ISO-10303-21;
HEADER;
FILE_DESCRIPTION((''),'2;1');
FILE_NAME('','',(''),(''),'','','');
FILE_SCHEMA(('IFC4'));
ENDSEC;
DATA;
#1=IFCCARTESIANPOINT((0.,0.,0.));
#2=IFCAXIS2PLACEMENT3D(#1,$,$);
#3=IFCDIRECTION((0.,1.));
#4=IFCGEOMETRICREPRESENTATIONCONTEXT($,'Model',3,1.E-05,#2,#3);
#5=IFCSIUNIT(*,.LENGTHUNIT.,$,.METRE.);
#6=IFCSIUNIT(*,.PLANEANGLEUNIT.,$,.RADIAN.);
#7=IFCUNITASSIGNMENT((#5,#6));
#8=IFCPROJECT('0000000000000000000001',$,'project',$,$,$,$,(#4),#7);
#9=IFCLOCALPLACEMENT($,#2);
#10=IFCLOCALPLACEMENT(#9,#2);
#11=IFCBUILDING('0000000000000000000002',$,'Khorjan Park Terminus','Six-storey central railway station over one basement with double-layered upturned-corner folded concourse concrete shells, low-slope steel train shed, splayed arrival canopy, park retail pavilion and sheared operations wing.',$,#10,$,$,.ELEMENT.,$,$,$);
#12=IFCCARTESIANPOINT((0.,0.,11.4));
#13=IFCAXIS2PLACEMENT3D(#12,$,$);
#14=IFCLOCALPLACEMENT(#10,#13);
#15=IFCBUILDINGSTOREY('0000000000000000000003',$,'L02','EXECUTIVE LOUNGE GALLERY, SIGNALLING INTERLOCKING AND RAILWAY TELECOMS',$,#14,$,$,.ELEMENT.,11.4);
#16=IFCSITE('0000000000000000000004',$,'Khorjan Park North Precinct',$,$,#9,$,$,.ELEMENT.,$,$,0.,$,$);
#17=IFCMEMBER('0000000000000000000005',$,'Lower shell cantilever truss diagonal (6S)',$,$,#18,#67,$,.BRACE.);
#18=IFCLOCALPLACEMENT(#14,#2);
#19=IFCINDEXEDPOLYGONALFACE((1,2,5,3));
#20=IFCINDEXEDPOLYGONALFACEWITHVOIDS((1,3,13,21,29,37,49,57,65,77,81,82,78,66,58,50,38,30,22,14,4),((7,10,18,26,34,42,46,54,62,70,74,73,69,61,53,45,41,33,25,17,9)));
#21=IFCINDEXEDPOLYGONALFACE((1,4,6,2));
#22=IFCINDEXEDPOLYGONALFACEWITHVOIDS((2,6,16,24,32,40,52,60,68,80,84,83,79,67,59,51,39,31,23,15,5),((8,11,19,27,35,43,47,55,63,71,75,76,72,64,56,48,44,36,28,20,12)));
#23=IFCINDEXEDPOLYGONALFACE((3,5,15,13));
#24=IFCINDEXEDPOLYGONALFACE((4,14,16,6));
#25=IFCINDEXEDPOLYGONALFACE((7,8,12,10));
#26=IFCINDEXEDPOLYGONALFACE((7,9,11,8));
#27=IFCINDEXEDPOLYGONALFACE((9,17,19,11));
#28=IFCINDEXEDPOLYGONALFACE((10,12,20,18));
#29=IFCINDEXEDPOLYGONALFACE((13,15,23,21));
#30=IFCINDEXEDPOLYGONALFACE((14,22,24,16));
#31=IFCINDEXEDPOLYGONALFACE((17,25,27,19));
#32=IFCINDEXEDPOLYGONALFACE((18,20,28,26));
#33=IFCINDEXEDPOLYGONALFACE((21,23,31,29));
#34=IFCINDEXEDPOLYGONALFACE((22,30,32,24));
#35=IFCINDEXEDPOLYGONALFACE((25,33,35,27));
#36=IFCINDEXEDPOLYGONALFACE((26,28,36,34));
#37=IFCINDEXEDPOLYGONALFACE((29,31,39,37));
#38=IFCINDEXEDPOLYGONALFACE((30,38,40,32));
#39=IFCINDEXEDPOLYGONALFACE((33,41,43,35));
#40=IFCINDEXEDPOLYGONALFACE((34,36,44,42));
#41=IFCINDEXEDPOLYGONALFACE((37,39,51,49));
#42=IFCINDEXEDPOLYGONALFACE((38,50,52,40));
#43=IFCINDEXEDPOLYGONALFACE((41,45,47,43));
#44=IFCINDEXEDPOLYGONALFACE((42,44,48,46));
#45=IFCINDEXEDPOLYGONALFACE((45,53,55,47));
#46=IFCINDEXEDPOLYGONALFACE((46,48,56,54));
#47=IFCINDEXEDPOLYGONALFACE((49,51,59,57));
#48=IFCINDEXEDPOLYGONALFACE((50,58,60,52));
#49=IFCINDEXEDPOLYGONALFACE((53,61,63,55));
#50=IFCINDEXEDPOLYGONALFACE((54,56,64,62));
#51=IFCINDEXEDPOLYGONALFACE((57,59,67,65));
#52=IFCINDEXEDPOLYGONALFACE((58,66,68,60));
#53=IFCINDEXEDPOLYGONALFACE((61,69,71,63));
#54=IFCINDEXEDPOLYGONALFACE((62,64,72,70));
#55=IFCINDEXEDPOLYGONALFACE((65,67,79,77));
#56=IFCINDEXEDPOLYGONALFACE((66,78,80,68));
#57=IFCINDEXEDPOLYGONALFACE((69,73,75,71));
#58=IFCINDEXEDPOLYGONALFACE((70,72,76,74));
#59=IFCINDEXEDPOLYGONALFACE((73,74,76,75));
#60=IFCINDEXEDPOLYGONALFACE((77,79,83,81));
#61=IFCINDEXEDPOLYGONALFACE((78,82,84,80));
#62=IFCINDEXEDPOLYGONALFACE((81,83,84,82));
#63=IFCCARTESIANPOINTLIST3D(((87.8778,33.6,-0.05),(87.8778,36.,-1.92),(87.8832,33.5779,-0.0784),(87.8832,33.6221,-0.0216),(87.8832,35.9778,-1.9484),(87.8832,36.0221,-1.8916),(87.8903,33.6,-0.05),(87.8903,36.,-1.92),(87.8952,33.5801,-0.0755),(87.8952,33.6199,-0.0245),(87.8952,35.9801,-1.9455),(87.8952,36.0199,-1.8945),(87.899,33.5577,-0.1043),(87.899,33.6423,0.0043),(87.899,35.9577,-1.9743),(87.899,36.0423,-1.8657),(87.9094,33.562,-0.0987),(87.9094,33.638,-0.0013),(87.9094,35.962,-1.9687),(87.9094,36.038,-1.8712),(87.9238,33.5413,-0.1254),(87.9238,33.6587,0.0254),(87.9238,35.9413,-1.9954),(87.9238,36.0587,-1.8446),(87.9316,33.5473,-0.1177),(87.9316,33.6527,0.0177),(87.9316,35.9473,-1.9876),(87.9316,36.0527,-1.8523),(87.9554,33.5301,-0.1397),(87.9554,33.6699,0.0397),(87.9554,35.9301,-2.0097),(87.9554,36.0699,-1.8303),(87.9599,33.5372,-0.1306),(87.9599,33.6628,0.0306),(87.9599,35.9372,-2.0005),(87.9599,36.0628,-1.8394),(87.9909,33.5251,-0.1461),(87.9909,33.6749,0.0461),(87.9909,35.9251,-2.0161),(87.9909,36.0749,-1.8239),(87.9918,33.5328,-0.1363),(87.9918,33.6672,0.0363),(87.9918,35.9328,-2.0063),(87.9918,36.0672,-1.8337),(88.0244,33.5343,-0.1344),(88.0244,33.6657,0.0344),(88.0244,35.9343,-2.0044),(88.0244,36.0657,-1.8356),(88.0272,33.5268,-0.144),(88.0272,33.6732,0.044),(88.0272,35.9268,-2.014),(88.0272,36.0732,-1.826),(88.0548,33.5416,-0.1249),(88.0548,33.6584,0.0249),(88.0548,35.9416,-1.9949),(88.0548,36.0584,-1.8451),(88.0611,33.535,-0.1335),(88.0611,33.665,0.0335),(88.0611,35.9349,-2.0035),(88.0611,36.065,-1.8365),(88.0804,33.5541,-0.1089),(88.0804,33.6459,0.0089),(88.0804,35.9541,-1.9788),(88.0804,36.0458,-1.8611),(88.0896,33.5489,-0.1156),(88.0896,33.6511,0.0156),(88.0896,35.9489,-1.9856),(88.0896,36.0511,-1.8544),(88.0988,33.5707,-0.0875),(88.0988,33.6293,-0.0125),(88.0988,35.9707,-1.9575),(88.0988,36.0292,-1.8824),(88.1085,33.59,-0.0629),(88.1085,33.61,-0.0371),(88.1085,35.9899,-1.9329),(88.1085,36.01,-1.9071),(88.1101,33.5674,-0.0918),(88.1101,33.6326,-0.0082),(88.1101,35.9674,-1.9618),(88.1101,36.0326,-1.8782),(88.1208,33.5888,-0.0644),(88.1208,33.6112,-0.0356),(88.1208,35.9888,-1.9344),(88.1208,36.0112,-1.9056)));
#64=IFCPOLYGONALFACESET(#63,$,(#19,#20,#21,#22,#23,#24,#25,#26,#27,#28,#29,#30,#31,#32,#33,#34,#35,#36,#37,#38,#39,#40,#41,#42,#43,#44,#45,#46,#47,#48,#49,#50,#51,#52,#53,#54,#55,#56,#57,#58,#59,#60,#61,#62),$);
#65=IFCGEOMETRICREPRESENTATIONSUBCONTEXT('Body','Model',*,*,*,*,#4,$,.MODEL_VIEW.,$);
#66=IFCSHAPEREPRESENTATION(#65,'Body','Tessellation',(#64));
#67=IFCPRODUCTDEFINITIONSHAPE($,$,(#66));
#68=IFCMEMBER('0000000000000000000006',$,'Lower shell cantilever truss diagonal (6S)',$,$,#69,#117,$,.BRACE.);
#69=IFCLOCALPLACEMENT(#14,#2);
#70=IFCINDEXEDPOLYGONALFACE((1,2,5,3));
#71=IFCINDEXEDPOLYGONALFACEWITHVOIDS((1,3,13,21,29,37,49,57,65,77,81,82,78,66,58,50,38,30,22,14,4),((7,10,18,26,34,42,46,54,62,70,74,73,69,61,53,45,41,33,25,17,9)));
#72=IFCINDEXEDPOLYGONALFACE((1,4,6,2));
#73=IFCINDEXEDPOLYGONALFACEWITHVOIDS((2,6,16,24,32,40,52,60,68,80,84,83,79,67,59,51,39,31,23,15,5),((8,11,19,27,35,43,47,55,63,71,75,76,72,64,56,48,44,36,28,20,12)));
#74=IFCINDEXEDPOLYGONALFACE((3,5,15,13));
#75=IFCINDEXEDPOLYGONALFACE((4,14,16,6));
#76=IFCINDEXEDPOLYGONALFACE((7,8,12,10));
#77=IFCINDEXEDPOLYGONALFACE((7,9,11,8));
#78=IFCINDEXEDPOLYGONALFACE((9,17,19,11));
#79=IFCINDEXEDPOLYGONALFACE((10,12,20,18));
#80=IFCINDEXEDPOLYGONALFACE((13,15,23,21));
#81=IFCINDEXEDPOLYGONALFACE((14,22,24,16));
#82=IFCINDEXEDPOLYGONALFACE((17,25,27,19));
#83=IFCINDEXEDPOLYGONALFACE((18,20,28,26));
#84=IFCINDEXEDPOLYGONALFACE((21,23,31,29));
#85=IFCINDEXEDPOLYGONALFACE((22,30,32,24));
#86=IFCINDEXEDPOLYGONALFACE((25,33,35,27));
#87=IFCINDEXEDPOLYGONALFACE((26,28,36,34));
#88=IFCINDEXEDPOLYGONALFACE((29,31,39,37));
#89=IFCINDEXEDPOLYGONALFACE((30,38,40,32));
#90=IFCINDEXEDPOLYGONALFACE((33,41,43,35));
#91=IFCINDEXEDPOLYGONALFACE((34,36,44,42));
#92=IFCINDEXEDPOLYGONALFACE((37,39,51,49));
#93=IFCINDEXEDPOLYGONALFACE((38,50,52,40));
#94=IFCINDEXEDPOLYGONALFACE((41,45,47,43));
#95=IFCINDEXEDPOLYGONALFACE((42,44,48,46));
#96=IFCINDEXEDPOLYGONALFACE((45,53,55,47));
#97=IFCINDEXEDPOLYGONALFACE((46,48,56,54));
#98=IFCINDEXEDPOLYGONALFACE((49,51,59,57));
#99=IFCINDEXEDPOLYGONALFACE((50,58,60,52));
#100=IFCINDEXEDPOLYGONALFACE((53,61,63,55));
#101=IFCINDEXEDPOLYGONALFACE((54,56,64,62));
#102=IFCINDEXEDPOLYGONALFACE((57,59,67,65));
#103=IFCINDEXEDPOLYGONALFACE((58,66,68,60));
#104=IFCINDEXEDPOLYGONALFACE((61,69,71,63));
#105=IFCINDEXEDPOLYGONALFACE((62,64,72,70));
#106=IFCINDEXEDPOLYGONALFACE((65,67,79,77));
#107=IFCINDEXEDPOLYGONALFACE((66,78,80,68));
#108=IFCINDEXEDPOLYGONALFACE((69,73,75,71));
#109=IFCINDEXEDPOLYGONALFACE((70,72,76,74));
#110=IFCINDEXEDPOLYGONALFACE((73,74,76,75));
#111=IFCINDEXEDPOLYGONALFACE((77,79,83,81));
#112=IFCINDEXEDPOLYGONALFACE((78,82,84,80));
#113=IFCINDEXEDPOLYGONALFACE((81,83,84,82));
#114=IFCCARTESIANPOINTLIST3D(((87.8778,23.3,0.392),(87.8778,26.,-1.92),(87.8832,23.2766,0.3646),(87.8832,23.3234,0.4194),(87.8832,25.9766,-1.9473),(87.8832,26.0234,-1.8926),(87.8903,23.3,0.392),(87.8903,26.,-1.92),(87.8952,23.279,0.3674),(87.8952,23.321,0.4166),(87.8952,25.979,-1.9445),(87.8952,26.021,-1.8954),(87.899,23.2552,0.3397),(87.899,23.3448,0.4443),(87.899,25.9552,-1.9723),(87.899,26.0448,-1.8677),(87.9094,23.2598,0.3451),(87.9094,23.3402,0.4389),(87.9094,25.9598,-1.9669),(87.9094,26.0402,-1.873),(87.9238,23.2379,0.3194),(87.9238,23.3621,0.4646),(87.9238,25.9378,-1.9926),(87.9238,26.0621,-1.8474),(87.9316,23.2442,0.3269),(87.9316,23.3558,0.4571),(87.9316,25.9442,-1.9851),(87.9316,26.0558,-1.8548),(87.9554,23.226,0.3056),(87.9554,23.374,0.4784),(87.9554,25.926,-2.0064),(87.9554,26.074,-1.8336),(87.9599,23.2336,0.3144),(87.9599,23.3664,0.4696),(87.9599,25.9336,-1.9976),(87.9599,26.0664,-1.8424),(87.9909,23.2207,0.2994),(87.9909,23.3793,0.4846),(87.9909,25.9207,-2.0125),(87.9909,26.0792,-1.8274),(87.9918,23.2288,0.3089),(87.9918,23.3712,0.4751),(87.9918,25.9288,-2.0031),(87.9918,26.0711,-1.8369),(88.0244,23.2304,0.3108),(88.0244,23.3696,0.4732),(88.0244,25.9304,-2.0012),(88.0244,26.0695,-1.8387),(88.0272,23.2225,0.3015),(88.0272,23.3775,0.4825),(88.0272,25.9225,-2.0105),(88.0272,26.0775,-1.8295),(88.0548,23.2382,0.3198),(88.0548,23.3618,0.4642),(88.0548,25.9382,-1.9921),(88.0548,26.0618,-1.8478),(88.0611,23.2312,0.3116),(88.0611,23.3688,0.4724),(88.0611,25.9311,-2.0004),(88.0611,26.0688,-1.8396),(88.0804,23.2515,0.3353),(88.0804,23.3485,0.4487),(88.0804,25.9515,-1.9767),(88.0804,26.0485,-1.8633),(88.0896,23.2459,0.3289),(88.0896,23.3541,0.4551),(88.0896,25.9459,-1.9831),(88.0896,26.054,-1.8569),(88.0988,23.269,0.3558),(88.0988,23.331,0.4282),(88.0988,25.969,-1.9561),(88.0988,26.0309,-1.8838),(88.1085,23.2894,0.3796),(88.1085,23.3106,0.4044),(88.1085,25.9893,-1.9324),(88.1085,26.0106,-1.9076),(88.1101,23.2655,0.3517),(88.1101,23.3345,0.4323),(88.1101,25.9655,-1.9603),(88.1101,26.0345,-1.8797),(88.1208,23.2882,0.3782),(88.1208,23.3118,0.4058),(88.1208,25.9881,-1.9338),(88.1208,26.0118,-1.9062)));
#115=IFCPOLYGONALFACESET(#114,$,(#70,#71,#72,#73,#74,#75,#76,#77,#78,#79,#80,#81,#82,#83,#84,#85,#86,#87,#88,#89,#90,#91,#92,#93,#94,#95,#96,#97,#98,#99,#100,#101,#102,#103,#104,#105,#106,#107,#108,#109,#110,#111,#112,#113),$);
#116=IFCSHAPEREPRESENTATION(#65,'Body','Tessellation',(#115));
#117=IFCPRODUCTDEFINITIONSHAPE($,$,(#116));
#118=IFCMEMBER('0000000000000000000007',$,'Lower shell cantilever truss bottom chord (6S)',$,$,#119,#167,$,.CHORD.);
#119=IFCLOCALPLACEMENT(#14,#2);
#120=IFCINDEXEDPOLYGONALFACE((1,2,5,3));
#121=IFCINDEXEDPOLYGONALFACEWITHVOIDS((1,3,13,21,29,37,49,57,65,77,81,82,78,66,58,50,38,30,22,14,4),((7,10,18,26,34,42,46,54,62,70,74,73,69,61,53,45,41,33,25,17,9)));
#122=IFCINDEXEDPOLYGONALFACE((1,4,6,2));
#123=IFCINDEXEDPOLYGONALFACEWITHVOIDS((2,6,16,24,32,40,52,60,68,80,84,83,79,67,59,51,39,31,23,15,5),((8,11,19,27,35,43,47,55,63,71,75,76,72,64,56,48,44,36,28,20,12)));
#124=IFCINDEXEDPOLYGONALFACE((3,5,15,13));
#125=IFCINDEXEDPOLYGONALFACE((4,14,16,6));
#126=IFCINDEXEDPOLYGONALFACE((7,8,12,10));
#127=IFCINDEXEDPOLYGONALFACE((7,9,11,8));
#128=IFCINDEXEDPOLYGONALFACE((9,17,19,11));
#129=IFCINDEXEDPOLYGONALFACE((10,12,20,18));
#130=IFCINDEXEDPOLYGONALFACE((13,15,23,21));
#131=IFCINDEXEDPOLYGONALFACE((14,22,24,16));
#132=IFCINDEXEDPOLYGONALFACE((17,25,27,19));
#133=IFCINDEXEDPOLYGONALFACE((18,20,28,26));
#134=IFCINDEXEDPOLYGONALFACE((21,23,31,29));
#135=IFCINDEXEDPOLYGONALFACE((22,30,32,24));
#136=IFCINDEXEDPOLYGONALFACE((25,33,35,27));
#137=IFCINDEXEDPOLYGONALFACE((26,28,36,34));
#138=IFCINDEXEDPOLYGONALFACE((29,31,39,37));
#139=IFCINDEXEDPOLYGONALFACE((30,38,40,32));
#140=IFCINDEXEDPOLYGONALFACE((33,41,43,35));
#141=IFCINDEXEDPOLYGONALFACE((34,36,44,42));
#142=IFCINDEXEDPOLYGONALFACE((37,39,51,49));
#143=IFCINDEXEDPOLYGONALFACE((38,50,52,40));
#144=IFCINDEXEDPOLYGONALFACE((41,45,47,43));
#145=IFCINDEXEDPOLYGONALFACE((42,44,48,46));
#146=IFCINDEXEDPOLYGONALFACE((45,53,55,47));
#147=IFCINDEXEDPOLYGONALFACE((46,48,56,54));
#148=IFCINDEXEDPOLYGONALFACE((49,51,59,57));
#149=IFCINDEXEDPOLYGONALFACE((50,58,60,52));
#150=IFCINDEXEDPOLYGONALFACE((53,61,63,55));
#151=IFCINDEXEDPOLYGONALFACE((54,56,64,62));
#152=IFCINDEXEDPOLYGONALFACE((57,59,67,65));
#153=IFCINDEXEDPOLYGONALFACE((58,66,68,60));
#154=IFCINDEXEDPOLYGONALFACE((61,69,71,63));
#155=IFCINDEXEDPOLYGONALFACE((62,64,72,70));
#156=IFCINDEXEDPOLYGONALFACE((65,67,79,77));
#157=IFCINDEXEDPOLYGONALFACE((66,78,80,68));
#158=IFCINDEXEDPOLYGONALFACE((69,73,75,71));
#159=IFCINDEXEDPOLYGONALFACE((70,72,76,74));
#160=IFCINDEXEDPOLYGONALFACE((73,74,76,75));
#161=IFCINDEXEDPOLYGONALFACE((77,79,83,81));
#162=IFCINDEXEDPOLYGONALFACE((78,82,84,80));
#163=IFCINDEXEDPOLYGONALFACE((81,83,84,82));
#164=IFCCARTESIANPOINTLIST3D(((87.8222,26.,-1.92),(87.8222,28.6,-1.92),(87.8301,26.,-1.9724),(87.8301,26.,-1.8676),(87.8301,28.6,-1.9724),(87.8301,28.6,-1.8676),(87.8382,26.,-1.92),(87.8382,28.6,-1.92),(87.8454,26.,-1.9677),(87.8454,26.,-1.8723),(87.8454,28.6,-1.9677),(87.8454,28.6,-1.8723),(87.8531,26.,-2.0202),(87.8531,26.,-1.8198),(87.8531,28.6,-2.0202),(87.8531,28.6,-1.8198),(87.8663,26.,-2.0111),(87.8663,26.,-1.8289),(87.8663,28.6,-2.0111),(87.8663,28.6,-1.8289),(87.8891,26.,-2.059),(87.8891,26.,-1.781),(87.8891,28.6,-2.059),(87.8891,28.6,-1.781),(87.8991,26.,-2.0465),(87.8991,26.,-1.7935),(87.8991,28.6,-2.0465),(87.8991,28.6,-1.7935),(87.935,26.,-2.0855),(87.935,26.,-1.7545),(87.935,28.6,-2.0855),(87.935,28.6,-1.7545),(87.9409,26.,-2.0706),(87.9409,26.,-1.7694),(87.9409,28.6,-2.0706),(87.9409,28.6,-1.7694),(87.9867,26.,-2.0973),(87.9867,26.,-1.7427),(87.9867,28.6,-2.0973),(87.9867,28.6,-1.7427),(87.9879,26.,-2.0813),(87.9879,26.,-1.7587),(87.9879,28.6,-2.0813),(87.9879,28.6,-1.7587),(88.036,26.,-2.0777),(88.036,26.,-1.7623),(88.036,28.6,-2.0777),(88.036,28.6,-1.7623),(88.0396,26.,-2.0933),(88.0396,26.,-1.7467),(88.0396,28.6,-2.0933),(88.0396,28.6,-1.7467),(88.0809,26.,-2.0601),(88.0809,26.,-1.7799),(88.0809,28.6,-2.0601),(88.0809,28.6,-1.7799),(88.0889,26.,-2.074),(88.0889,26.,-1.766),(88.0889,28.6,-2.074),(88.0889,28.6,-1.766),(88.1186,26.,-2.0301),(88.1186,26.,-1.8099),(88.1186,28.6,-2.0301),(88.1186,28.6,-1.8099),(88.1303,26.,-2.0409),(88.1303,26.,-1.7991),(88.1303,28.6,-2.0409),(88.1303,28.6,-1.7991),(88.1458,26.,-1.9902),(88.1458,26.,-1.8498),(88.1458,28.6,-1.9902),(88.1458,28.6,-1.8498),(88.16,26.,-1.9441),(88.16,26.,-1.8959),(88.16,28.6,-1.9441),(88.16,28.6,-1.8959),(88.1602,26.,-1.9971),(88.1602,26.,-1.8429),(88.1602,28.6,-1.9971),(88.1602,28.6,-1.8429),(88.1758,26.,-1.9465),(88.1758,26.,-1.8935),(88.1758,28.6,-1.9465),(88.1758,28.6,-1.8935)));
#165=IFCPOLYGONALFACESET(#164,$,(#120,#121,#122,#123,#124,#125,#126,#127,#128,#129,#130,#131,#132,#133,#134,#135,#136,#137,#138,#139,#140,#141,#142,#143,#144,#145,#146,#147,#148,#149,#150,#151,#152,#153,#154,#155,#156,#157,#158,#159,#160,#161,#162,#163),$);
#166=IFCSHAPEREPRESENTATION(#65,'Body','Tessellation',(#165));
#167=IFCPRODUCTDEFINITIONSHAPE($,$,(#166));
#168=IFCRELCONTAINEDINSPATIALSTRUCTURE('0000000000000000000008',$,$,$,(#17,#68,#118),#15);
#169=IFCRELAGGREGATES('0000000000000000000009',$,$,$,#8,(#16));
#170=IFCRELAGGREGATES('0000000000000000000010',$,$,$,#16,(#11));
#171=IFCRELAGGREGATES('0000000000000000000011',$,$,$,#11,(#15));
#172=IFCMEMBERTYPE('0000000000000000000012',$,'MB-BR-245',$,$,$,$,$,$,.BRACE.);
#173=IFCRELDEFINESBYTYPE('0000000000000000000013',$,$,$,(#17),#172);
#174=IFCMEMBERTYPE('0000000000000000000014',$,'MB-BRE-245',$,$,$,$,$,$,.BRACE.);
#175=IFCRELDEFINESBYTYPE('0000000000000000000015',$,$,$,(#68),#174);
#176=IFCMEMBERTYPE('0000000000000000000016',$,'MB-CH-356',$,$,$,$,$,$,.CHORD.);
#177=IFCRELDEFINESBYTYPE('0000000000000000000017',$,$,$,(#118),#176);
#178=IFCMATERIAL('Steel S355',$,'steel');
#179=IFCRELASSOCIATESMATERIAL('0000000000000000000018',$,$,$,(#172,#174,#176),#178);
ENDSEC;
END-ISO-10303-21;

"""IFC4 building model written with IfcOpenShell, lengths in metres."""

from ifc_helpers import new_model, si_unit, direction, frame, origin, origin_2d, place, context, subcontext, project, spatial, hollow_circle, extrude, material, material_profile, profile_set, type_object, element, save


model = new_model("IFC4")

# Units and contexts
model_context = context("Model", 3, precision=1e-05, world=origin(), true_north=direction((0.0, 1.0)))
body_context = subcontext(model_context, "Body", "Model", "MODEL_VIEW")
ifc_project = project(units=[si_unit("LENGTHUNIT", "METRE"), si_unit("PLANEANGLEUNIT", "RADIAN")], contexts=[model_context])

# Site, building, storey
site_placement = place(None, origin())
site = spatial("IfcSite", under=ifc_project, at=site_placement, Name="Khorjan Park North Precinct", CompositionType="ELEMENT", RefElevation=0.0)
building_placement = place(site_placement, origin())
building = spatial("IfcBuilding", under=site, at=building_placement, Name="Khorjan Park Terminus", Description="Six-storey central railway station over one basement with double-layered upturned-corner folded concourse concrete shells, low-slope steel train shed, splayed arrival canopy, park retail pavilion and sheared operations wing.", CompositionType="ELEMENT")
storey_placement = place(building_placement, frame((0.0, 0.0, 11.4)))
storey = spatial("IfcBuildingStorey", under=building, at=storey_placement, Name="L02", Description="EXECUTIVE LOUNGE GALLERY, SIGNALLING INTERLOCKING AND RAILWAY TELECOMS", CompositionType="ELEMENT", Elevation=11.4)

# Members
ifc_material_1 = material(Name="Steel S355", Category="steel")
ifc_material_profile_1 = material_profile(ifc_material_1, hollow_circle(Radius=0.1222, WallThickness=0.0125, at=origin_2d()), Name="CHS 244.5x12.5")
ifc_profile_set_1 = profile_set([ifc_material_profile_1], Name="Steel S355")
member_type_1 = type_object("IfcMemberType", Name="MB-BR-245", PredefinedType="BRACE", material=ifc_profile_set_1)
for number, where, z_axis, x_axis, name in (
    (1, (88.0, 33.6, -0.05), (0.0, 0.788821, -0.614623), (-1.0, 0.0, 0.0), "Lower shell cantilever truss diagonal (6S)"),
):
    element("IfcMember", number, at=place(storey_placement, frame(where, z_axis=z_axis, x_axis=x_axis)), inside=storey, type_object=member_type_1, Name=name, PredefinedType="BRACE", context=body_context, shape_type="SweptSolid", body=[
        extrude(hollow_circle(Radius=0.1222, WallThickness=0.0125, at=origin_2d()), origin(), (0.0, 0.0, 1.0), 3.0425),
    ])
ifc_material_profile_2 = material_profile(ifc_material_1, hollow_circle(Radius=0.1222, WallThickness=0.0125, at=origin_2d()), Name="CHS 244.5x12.5")
ifc_profile_set_2 = profile_set([ifc_material_profile_2], Name="Steel S355")
member_type_2 = type_object("IfcMemberType", Name="MB-BRE-245", PredefinedType="BRACE", material=ifc_profile_set_2)
member_1_placement = place(storey_placement, frame((88.0, 23.3, 0.392), z_axis=(0.0, 0.759574, -0.650421), x_axis=(-1.0, 0.0, 0.0)))
element("IfcMember", 2, at=member_1_placement, inside=storey, type_object=member_type_2, Name="Lower shell cantilever truss diagonal (6S)", PredefinedType="BRACE", context=body_context, shape_type="SweptSolid", body=[
    extrude(hollow_circle(Radius=0.1222, WallThickness=0.0125, at=origin_2d()), origin(), (0.0, 0.0, 1.0), 3.5546),
])
ifc_material_profile_3 = material_profile(ifc_material_1, hollow_circle(Radius=0.1778, WallThickness=0.016, at=origin_2d()), Name="CHS 355.6x16")
ifc_profile_set_3 = profile_set([ifc_material_profile_3], Name="Steel S355")
member_type_3 = type_object("IfcMemberType", Name="MB-CH-356", PredefinedType="CHORD", material=ifc_profile_set_3)
for number, where, z_axis, x_axis, name in (
    (3, (88.0, 26.0, -1.92), (0.0, 1.0, 0.0), (-1.0, 0.0, 0.0), "Lower shell cantilever truss bottom chord (6S)"),
):
    element("IfcMember", number, at=place(storey_placement, frame(where, z_axis=z_axis, x_axis=x_axis)), inside=storey, type_object=member_type_3, Name=name, PredefinedType="CHORD", context=body_context, shape_type="SweptSolid", body=[
        extrude(hollow_circle(Radius=0.1778, WallThickness=0.016, at=origin_2d()), origin(), (0.0, 0.0, 1.0), 2.6),
    ])

save(model, "model.ifc")
